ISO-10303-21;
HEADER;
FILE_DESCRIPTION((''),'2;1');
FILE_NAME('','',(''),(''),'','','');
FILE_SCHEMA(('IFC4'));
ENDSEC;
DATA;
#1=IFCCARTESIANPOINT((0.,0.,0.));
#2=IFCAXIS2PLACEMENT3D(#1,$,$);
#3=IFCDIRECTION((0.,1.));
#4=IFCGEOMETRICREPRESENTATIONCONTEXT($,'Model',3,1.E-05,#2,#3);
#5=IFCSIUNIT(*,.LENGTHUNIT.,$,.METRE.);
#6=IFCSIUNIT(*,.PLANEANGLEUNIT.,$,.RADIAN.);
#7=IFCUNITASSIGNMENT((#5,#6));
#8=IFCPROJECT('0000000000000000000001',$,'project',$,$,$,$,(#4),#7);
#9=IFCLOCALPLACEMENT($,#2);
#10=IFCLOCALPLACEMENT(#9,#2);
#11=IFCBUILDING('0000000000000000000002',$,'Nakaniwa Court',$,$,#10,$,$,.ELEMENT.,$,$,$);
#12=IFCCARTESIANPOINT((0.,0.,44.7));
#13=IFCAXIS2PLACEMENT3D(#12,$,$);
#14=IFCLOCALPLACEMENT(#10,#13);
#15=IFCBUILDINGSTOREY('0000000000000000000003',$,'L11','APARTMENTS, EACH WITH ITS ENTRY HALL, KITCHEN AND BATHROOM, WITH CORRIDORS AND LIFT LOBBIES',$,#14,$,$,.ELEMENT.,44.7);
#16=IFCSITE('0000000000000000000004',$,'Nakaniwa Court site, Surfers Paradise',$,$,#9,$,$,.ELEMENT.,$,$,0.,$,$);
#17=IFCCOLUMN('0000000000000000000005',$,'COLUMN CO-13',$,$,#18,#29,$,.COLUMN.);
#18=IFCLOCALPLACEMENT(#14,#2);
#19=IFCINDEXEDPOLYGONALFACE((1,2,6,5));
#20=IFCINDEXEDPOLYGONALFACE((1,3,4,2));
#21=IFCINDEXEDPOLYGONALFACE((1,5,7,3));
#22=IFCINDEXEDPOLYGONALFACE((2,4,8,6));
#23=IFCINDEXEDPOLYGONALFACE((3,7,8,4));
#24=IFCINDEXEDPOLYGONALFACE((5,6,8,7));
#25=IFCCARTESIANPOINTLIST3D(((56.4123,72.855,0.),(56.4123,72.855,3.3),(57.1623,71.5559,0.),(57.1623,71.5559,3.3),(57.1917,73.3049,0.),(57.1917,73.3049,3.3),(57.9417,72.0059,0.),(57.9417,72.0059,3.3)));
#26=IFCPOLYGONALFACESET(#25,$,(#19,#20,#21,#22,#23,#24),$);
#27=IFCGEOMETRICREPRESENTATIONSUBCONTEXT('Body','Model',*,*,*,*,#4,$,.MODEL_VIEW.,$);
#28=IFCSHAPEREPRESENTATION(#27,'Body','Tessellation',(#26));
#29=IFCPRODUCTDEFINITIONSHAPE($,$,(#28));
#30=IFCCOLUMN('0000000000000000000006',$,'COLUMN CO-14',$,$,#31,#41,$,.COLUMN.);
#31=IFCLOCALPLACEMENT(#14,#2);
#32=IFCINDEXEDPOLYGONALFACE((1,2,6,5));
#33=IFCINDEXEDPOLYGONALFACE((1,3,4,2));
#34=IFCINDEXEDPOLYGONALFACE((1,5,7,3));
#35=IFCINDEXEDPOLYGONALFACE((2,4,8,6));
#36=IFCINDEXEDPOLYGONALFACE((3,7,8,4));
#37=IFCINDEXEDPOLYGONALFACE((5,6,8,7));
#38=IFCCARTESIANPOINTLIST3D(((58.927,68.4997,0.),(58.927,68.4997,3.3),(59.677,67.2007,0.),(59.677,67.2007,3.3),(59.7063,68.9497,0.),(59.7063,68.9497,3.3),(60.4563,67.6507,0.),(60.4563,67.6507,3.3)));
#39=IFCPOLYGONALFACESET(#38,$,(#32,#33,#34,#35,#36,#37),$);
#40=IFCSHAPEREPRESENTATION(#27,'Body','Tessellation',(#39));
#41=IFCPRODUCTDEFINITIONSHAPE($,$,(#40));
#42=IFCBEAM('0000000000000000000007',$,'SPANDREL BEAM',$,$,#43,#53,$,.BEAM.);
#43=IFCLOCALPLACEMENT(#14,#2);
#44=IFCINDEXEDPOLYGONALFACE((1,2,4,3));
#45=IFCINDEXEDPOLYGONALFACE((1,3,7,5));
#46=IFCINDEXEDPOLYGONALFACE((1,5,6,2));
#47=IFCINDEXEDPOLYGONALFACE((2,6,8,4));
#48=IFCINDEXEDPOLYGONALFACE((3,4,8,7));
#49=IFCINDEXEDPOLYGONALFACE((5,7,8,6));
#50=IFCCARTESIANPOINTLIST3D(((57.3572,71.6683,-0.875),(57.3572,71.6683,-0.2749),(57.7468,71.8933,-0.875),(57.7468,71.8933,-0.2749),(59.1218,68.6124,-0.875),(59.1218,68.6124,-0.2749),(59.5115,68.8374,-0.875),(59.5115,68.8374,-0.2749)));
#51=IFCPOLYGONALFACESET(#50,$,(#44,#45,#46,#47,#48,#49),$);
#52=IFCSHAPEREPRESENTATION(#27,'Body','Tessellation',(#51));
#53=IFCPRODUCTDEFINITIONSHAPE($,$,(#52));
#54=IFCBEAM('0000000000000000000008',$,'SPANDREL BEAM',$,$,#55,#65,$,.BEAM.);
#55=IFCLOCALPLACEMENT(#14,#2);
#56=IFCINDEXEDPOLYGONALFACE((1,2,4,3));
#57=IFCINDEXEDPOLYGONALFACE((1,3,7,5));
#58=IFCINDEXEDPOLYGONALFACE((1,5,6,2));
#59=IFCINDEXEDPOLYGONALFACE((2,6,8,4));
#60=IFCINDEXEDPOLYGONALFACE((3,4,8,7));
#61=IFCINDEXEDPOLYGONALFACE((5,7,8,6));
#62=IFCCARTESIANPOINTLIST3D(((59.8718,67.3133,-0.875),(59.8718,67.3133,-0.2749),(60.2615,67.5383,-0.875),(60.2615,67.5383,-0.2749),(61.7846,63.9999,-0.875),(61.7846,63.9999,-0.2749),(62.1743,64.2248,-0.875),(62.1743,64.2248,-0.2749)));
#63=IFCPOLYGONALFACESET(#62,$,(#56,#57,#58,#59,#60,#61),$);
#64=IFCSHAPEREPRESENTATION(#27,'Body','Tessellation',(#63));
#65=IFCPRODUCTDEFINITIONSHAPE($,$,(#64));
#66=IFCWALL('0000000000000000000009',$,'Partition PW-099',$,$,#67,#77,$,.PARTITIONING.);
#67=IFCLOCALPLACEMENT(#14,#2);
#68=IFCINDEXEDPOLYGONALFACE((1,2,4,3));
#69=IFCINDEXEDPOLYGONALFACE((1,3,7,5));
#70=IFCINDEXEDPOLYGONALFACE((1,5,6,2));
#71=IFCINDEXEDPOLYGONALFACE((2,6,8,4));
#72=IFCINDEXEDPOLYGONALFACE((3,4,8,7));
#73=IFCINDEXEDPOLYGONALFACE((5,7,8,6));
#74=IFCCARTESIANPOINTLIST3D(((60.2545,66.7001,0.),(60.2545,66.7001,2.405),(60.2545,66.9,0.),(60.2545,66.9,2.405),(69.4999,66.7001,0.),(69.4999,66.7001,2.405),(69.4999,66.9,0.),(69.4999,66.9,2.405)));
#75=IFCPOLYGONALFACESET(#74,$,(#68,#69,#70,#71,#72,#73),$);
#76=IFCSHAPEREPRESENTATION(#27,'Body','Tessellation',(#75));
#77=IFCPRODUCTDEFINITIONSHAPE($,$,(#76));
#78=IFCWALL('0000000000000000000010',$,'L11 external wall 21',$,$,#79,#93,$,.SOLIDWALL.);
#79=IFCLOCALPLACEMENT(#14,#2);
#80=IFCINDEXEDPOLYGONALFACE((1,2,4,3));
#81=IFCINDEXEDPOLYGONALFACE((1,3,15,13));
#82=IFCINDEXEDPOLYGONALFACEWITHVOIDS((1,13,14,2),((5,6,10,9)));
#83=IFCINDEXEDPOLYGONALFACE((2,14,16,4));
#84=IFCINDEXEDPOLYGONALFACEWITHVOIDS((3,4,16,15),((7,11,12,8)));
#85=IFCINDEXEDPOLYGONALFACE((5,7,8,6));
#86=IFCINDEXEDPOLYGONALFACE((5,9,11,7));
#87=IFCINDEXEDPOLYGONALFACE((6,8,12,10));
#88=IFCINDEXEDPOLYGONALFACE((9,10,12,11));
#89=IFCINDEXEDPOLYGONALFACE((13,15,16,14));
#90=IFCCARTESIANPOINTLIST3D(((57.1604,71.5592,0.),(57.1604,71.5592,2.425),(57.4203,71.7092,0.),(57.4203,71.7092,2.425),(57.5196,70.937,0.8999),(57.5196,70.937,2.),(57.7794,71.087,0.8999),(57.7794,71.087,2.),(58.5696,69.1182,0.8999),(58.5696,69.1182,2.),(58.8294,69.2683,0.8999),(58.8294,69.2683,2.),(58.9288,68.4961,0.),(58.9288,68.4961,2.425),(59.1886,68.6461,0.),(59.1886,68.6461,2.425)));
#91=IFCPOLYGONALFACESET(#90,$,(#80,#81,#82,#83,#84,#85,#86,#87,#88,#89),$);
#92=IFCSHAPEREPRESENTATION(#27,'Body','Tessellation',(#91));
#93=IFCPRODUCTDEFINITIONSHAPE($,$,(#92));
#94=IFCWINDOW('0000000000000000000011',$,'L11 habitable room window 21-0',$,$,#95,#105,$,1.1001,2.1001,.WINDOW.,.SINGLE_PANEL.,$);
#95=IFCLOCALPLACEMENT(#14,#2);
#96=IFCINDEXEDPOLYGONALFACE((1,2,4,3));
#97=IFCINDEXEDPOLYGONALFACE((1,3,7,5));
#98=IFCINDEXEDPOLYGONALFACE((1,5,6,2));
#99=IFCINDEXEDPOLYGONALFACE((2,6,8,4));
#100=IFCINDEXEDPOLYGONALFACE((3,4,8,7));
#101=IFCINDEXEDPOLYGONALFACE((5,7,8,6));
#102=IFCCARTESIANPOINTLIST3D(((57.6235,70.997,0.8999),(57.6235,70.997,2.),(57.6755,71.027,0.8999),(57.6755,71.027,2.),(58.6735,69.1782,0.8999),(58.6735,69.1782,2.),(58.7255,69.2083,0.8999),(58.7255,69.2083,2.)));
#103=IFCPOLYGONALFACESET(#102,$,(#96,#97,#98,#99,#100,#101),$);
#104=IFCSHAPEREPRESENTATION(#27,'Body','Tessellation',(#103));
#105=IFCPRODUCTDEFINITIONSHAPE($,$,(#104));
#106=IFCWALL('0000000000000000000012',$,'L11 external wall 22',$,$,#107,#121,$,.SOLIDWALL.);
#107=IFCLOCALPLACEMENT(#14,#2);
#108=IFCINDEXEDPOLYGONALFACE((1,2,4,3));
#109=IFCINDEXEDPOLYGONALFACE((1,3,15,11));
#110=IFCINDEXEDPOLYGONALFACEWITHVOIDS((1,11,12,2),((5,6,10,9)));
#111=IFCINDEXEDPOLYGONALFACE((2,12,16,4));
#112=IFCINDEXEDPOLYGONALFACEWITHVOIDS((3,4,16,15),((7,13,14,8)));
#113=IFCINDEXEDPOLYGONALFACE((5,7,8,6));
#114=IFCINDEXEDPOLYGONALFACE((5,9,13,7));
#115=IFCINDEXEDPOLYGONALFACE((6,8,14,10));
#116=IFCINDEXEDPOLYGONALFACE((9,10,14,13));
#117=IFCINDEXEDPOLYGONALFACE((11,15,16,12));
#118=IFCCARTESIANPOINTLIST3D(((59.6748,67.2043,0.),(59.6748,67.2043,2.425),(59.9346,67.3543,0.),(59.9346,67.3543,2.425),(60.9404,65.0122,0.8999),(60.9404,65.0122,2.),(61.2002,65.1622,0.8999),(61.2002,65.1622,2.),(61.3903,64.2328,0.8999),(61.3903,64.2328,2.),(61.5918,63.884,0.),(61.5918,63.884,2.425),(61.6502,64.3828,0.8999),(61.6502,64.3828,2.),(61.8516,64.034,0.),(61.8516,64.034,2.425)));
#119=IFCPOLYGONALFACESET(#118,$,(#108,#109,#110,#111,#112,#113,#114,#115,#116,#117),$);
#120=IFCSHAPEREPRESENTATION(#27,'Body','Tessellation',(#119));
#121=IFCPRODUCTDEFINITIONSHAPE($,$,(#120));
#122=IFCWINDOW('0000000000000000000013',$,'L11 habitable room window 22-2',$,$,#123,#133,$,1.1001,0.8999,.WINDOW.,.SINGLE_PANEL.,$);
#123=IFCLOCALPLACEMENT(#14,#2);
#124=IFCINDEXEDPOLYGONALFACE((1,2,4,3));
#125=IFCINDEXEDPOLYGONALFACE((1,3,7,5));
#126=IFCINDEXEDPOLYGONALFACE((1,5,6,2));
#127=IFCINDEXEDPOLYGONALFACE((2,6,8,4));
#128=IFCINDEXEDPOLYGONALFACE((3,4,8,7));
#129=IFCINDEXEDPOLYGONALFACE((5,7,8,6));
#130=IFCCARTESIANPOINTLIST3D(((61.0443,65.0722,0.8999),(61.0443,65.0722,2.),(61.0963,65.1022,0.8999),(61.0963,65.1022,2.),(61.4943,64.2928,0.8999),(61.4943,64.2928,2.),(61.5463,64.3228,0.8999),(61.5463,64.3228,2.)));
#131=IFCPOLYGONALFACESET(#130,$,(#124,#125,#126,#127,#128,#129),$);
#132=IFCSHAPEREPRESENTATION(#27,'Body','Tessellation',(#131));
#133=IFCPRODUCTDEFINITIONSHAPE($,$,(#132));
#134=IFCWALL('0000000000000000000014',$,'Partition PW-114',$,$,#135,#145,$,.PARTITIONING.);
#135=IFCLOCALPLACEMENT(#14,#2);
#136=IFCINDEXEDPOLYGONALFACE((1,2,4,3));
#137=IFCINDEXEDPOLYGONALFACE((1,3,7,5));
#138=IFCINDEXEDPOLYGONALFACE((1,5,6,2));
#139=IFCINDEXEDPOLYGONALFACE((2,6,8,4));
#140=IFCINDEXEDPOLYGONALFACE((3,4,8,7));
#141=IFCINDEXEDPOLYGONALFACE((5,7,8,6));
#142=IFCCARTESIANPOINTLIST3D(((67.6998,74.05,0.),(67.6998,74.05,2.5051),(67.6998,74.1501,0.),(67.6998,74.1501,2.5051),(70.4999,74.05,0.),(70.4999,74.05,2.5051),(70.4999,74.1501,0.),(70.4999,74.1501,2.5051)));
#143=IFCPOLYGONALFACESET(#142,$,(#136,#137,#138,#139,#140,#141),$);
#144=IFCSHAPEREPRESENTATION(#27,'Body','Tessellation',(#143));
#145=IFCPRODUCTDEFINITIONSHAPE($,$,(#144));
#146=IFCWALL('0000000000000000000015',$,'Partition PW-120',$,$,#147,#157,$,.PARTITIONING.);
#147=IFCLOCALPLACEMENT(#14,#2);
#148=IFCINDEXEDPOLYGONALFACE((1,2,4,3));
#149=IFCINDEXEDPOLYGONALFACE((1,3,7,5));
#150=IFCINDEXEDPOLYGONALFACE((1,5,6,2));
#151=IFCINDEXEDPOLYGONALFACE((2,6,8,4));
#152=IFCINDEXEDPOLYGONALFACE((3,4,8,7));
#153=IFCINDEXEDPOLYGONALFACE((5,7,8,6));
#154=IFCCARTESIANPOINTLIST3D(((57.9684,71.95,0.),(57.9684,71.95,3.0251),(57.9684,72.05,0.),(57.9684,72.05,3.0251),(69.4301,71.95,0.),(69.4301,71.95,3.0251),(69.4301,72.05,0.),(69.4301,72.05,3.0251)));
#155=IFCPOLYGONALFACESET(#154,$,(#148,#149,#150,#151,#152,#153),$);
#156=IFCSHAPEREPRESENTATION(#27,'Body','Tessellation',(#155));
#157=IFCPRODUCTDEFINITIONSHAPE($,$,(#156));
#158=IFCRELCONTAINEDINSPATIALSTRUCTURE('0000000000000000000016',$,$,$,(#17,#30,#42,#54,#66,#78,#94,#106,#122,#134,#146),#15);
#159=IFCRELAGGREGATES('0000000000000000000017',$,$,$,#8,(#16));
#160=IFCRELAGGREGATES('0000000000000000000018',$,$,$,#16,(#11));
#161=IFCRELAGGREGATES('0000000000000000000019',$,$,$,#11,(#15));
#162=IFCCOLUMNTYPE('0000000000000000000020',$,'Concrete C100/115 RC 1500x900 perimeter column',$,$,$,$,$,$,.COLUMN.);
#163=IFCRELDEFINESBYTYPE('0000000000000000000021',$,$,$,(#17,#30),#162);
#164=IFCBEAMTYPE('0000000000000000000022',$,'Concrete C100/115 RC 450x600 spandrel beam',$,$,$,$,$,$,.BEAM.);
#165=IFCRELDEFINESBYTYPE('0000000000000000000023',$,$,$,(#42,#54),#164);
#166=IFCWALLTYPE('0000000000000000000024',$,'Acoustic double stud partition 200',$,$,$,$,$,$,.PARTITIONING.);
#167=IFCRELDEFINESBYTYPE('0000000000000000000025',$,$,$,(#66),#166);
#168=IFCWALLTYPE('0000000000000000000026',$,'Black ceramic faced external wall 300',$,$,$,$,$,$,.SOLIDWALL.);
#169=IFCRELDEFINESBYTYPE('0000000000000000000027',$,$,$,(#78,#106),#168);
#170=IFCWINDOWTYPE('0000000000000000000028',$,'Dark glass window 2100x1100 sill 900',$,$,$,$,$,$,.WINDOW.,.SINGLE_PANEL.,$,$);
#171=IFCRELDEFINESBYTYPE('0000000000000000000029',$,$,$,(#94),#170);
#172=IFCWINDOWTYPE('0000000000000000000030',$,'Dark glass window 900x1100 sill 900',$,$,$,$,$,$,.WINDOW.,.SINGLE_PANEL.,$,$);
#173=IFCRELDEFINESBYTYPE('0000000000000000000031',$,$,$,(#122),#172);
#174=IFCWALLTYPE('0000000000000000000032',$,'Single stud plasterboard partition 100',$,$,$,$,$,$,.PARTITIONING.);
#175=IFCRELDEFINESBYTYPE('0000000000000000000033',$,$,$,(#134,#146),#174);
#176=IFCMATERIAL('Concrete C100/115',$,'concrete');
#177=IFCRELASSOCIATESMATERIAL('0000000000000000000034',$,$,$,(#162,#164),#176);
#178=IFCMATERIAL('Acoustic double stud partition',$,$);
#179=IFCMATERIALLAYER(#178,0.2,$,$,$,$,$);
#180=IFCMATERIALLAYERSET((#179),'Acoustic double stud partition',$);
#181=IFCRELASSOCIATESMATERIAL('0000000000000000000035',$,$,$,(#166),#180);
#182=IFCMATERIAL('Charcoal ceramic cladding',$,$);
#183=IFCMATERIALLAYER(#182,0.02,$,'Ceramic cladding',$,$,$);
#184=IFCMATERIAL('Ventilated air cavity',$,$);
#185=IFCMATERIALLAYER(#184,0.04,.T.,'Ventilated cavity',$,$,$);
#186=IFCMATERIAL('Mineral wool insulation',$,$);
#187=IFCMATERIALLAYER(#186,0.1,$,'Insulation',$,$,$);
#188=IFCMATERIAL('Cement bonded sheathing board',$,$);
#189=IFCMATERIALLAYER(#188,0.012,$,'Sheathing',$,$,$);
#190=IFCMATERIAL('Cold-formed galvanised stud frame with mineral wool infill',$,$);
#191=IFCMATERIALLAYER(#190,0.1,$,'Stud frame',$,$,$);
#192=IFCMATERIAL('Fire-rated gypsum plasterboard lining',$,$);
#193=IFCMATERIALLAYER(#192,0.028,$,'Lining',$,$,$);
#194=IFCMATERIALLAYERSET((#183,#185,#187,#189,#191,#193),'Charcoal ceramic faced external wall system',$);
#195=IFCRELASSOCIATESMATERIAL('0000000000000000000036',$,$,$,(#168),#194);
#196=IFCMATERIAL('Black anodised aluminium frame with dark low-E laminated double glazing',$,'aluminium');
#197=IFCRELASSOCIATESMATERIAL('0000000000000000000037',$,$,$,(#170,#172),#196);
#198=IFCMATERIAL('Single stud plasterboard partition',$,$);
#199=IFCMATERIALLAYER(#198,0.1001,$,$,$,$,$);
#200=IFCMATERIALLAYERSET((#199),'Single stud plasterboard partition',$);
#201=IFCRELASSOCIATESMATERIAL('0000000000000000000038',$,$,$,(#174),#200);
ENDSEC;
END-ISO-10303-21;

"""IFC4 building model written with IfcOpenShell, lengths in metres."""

from ifc_helpers import new_model, si_unit, direction, frame, frame_2d, origin, origin_2d, place, context, subcontext, project, spatial, rectangle, extrude, material, layer, layer_set, material_profile, profile_set, type_object, element, fill, save


model = new_model("IFC4")

# Units and contexts
model_context = context("Model", 3, precision=1e-05, world=origin(), true_north=direction((0.0, 1.0)))
body_context = subcontext(model_context, "Body", "Model", "MODEL_VIEW")
ifc_project = project(units=[si_unit("LENGTHUNIT", "METRE"), si_unit("PLANEANGLEUNIT", "RADIAN")], contexts=[model_context])

# Site, building, storey
site_placement = place(None, origin())
site = spatial("IfcSite", under=ifc_project, at=site_placement, Name="Nakaniwa Court site, Surfers Paradise", CompositionType="ELEMENT", RefElevation=0.0)
building_placement = place(site_placement, origin())
building = spatial("IfcBuilding", under=site, at=building_placement, Name="Nakaniwa Court", CompositionType="ELEMENT")
storey_placement = place(building_placement, frame((0.0, 0.0, 44.7)))
storey = spatial("IfcBuildingStorey", under=building, at=storey_placement, Name="L11", Description="APARTMENTS, EACH WITH ITS ENTRY HALL, KITCHEN AND BATHROOM, WITH CORRIDORS AND LIFT LOBBIES", CompositionType="ELEMENT", Elevation=44.7)

# Columns
ifc_material_1 = material(Name="Concrete C100/115", Category="concrete")
ifc_material_profile_1 = material_profile(ifc_material_1, rectangle(XDim=1.5, YDim=0.8999, at=origin_2d()), Name="Concrete C100/115 RC 1500x900 perimeter column")
ifc_profile_set_1 = profile_set([ifc_material_profile_1], Name="Concrete C100/115")
column_type = type_object("IfcColumnType", Name="Concrete C100/115 RC 1500x900 perimeter column", PredefinedType="COLUMN", material=ifc_profile_set_1)
for number, where, z_axis, x_axis, name in (
    (1, (57.177, 72.4304, 0.0), (0.0, 0.0, 1.0), (0.5, -0.866025, 0.0), "COLUMN CO-13"),
    (2, (59.6917, 68.0752, 0.0), (0.0, 0.0, 1.0), (0.5, -0.866025, 0.0), "COLUMN CO-14"),
):
    element("IfcColumn", number, at=place(storey_placement, frame(where, z_axis=z_axis, x_axis=x_axis)), inside=storey, type_object=column_type, Name=name, PredefinedType="COLUMN", context=body_context, shape_type="SweptSolid", body=[
        extrude(rectangle(XDim=1.5, YDim=0.8999, at=origin_2d()), origin(), (0.0, 0.0, 1.0), 3.3),
    ])

# Beams
ifc_material_profile_2 = material_profile(ifc_material_1, rectangle(XDim=0.45, YDim=0.6001, at=origin_2d()), Name="Concrete C100/115 RC 450x600 spandrel beam")
ifc_profile_set_2 = profile_set([ifc_material_profile_2], Name="Concrete C100/115")
beam_type = type_object("IfcBeamType", Name="Concrete C100/115 RC 450x600 spandrel beam", PredefinedType="BEAM", material=ifc_profile_set_2)
beam_1_placement = place(storey_placement, frame((57.552, 71.7808, -0.575), z_axis=(0.500068, -0.865986, 0.0), x_axis=(0.865986, 0.500068, 0.0)))
element("IfcBeam", 3, at=beam_1_placement, inside=storey, type_object=beam_type, Name="SPANDREL BEAM", PredefinedType="BEAM", context=body_context, shape_type="SweptSolid", body=[
    extrude(rectangle(XDim=0.45, YDim=0.6001, at=origin_2d()), origin(), (0.0, 0.0, 1.0), 3.5288),
])
beam_2_placement = place(storey_placement, frame((60.0667, 67.4258, -0.575), z_axis=(0.499962, -0.866047, 0.0), x_axis=(0.866047, 0.499962, 0.0)))
element("IfcBeam", 4, at=beam_2_placement, inside=storey, type_object=beam_type, Name="SPANDREL BEAM", PredefinedType="BEAM", context=body_context, shape_type="SweptSolid", body=[
    extrude(rectangle(XDim=0.45, YDim=0.6001, at=origin_2d()), origin(), (0.0, 0.0, 1.0), 3.8259),
])

# Wall
ifc_material_2 = material(Name="Acoustic double stud partition")
ifc_layer_1 = layer(ifc_material_2, 0.2)
ifc_layer_set_1 = layer_set([ifc_layer_1], Name="Acoustic double stud partition")
wall_type_1 = type_object("IfcWallType", Name="Acoustic double stud partition 200", PredefinedType="PARTITIONING", material=ifc_layer_set_1)
wall_1_placement = place(storey_placement, frame((60.2546, 66.8, 0.0), z_axis=(0.0, 0.0, 1.0), x_axis=(1.0, 0.0, 0.0)))
element("IfcWall", 5, at=wall_1_placement, inside=storey, type_object=wall_type_1, Name="Partition PW-099", PredefinedType="PARTITIONING", context=body_context, shape_type="SweptSolid", body=[
    extrude(rectangle(XDim=9.2454, YDim=0.2, at=frame_2d((4.6226, 0.0))), origin(), (0.0, 0.0, 1.0), 2.405),
])

# Walls, openings, windows
ifc_material_3 = material(Name="Charcoal ceramic cladding")
ifc_layer_2 = layer(ifc_material_3, 0.02, Name="Ceramic cladding")
ifc_material_4 = material(Name="Ventilated air cavity")
ifc_layer_3 = layer(ifc_material_4, 0.04, ventilated=True, Name="Ventilated cavity")
ifc_material_5 = material(Name="Mineral wool insulation")
ifc_layer_4 = layer(ifc_material_5, 0.1, Name="Insulation")
ifc_material_6 = material(Name="Cement bonded sheathing board")
ifc_layer_5 = layer(ifc_material_6, 0.012, Name="Sheathing")
ifc_material_7 = material(Name="Cold-formed galvanised stud frame with mineral wool infill")
ifc_layer_6 = layer(ifc_material_7, 0.1, Name="Stud frame")
ifc_material_8 = material(Name="Fire-rated gypsum plasterboard lining")
ifc_layer_7 = layer(ifc_material_8, 0.028, Name="Lining")
ifc_layer_set_2 = layer_set([ifc_layer_2, ifc_layer_3, ifc_layer_4, ifc_layer_5, ifc_layer_6, ifc_layer_7], Name="Charcoal ceramic faced external wall system")
wall_type_2 = type_object("IfcWallType", Name="Black ceramic faced external wall 300", PredefinedType="SOLIDWALL", material=ifc_layer_set_2)
wall_2_placement = place(storey_placement, frame((57.2903, 71.6343, 0.0), z_axis=(0.0, 0.0, 1.0), x_axis=(0.499977, -0.866038, 0.0)))
wall_2 = element("IfcWall", 6, at=wall_2_placement, inside=storey, type_object=wall_type_2, Name="L11 external wall 21", PredefinedType="SOLIDWALL", context=body_context, shape_type="SweptSolid", body=[
    extrude(rectangle(XDim=3.5369, YDim=0.3, at=frame_2d((1.7686, 0.0))), origin(), (0.0, 0.0, 1.0), 2.425),
])
opening_1_placement = place(wall_2_placement, frame((0.7185, 0.0, 0.8999)))
opening_1 = element("IfcOpeningElement", 7, at=opening_1_placement, cuts=wall_2, PredefinedType="OPENING", context=body_context, shape_type="SweptSolid", body=[
    extrude(rectangle(XDim=2.1001, YDim=1.1001, at=frame_2d((1.05, 0.55))), frame((0.0, 0.1599, 0.0), z_axis=(0.0, -1.0, 0.0), x_axis=(1.0, 0.0, 0.0)), (0.0, 0.0, 1.0), 0.3201),
])
ifc_material_9 = material(Name="Black anodised aluminium frame with dark low-E laminated double glazing", Category="aluminium")
window_type_1 = type_object("IfcWindowType", Name="Dark glass window 2100x1100 sill 900", PartitioningType="SINGLE_PANEL", PredefinedType="WINDOW", material=ifc_material_9)
window_1_placement = place(opening_1_placement, origin())
window_1 = element("IfcWindow", 8, at=window_1_placement, inside=storey, type_object=window_type_1, Name="L11 habitable room window 21-0", OverallHeight=1.1001, OverallWidth=2.1001, PartitioningType="SINGLE_PANEL", PredefinedType="WINDOW", context=body_context, shape_type="SweptSolid", body=[
    extrude(rectangle(XDim=2.1001, YDim=1.1001, at=frame_2d((1.05, 0.55))), frame((0.0, 0.03, 0.0), z_axis=(0.0, -1.0, 0.0), x_axis=(1.0, 0.0, 0.0)), (0.0, 0.0, 1.0), 0.0601),
])
fill(opening_1, window_1)
wall_3_placement = place(storey_placement, frame((59.8047, 67.2793, 0.0), z_axis=(0.0, 0.0, 1.0), x_axis=(0.500002, -0.866024, 0.0)))
wall_3 = element("IfcWall", 9, at=wall_3_placement, inside=storey, type_object=wall_type_2, Name="L11 external wall 22", PredefinedType="SOLIDWALL", context=body_context, shape_type="SweptSolid", body=[
    extrude(rectangle(XDim=3.834, YDim=0.3, at=frame_2d((1.917, 0.0))), origin(), (0.0, 0.0, 1.0), 2.425),
])
opening_2_placement = place(wall_3_placement, frame((2.5312, 0.0, 0.8999)))
opening_2 = element("IfcOpeningElement", 10, at=opening_2_placement, cuts=wall_3, PredefinedType="OPENING", context=body_context, shape_type="SweptSolid", body=[
    extrude(rectangle(XDim=0.8999, YDim=1.1001, at=frame_2d((0.45, 0.55))), frame((0.0, 0.1599, 0.0), z_axis=(0.0, -1.0, 0.0), x_axis=(1.0, 0.0, 0.0)), (0.0, 0.0, 1.0), 0.3201),
])
window_type_2 = type_object("IfcWindowType", Name="Dark glass window 900x1100 sill 900", PartitioningType="SINGLE_PANEL", PredefinedType="WINDOW", material=ifc_material_9)
window_2_placement = place(opening_2_placement, origin())
window_2 = element("IfcWindow", 11, at=window_2_placement, inside=storey, type_object=window_type_2, Name="L11 habitable room window 22-2", OverallHeight=1.1001, OverallWidth=0.8999, PartitioningType="SINGLE_PANEL", PredefinedType="WINDOW", context=body_context, shape_type="SweptSolid", body=[
    extrude(rectangle(XDim=0.8999, YDim=1.1001, at=frame_2d((0.45, 0.55))), frame((0.0, 0.03, 0.0), z_axis=(0.0, -1.0, 0.0), x_axis=(1.0, 0.0, 0.0)), (0.0, 0.0, 1.0), 0.0601),
])
fill(opening_2, window_2)

# Walls
ifc_material_10 = material(Name="Single stud plasterboard partition")
ifc_layer_8 = layer(ifc_material_10, 0.1001)
ifc_layer_set_3 = layer_set([ifc_layer_8], Name="Single stud plasterboard partition")
wall_type_3 = type_object("IfcWallType", Name="Single stud plasterboard partition 100", PredefinedType="PARTITIONING", material=ifc_layer_set_3)
wall_4_placement = place(storey_placement, frame((67.7, 74.1001, 0.0), z_axis=(0.0, 0.0, 1.0), x_axis=(1.0, 0.0, 0.0)))
element("IfcWall", 12, at=wall_4_placement, inside=storey, type_object=wall_type_3, Name="Partition PW-114", PredefinedType="PARTITIONING", context=body_context, shape_type="SweptSolid", body=[
    extrude(rectangle(XDim=2.8, YDim=0.1001, at=frame_2d((1.3999, 0.0))), origin(), (0.0, 0.0, 1.0), 2.5051),
])
wall_5_placement = place(storey_placement, frame((57.9683, 72.0, 0.0), z_axis=(0.0, 0.0, 1.0), x_axis=(1.0, 0.0, 0.0)))
element("IfcWall", 13, at=wall_5_placement, inside=storey, type_object=wall_type_3, Name="Partition PW-120", PredefinedType="PARTITIONING", context=body_context, shape_type="SweptSolid", body=[
    extrude(rectangle(XDim=11.4617, YDim=0.1001, at=frame_2d((5.731, 0.0))), origin(), (0.0, 0.0, 1.0), 3.0251),
])

save(model, "model.ifc")
